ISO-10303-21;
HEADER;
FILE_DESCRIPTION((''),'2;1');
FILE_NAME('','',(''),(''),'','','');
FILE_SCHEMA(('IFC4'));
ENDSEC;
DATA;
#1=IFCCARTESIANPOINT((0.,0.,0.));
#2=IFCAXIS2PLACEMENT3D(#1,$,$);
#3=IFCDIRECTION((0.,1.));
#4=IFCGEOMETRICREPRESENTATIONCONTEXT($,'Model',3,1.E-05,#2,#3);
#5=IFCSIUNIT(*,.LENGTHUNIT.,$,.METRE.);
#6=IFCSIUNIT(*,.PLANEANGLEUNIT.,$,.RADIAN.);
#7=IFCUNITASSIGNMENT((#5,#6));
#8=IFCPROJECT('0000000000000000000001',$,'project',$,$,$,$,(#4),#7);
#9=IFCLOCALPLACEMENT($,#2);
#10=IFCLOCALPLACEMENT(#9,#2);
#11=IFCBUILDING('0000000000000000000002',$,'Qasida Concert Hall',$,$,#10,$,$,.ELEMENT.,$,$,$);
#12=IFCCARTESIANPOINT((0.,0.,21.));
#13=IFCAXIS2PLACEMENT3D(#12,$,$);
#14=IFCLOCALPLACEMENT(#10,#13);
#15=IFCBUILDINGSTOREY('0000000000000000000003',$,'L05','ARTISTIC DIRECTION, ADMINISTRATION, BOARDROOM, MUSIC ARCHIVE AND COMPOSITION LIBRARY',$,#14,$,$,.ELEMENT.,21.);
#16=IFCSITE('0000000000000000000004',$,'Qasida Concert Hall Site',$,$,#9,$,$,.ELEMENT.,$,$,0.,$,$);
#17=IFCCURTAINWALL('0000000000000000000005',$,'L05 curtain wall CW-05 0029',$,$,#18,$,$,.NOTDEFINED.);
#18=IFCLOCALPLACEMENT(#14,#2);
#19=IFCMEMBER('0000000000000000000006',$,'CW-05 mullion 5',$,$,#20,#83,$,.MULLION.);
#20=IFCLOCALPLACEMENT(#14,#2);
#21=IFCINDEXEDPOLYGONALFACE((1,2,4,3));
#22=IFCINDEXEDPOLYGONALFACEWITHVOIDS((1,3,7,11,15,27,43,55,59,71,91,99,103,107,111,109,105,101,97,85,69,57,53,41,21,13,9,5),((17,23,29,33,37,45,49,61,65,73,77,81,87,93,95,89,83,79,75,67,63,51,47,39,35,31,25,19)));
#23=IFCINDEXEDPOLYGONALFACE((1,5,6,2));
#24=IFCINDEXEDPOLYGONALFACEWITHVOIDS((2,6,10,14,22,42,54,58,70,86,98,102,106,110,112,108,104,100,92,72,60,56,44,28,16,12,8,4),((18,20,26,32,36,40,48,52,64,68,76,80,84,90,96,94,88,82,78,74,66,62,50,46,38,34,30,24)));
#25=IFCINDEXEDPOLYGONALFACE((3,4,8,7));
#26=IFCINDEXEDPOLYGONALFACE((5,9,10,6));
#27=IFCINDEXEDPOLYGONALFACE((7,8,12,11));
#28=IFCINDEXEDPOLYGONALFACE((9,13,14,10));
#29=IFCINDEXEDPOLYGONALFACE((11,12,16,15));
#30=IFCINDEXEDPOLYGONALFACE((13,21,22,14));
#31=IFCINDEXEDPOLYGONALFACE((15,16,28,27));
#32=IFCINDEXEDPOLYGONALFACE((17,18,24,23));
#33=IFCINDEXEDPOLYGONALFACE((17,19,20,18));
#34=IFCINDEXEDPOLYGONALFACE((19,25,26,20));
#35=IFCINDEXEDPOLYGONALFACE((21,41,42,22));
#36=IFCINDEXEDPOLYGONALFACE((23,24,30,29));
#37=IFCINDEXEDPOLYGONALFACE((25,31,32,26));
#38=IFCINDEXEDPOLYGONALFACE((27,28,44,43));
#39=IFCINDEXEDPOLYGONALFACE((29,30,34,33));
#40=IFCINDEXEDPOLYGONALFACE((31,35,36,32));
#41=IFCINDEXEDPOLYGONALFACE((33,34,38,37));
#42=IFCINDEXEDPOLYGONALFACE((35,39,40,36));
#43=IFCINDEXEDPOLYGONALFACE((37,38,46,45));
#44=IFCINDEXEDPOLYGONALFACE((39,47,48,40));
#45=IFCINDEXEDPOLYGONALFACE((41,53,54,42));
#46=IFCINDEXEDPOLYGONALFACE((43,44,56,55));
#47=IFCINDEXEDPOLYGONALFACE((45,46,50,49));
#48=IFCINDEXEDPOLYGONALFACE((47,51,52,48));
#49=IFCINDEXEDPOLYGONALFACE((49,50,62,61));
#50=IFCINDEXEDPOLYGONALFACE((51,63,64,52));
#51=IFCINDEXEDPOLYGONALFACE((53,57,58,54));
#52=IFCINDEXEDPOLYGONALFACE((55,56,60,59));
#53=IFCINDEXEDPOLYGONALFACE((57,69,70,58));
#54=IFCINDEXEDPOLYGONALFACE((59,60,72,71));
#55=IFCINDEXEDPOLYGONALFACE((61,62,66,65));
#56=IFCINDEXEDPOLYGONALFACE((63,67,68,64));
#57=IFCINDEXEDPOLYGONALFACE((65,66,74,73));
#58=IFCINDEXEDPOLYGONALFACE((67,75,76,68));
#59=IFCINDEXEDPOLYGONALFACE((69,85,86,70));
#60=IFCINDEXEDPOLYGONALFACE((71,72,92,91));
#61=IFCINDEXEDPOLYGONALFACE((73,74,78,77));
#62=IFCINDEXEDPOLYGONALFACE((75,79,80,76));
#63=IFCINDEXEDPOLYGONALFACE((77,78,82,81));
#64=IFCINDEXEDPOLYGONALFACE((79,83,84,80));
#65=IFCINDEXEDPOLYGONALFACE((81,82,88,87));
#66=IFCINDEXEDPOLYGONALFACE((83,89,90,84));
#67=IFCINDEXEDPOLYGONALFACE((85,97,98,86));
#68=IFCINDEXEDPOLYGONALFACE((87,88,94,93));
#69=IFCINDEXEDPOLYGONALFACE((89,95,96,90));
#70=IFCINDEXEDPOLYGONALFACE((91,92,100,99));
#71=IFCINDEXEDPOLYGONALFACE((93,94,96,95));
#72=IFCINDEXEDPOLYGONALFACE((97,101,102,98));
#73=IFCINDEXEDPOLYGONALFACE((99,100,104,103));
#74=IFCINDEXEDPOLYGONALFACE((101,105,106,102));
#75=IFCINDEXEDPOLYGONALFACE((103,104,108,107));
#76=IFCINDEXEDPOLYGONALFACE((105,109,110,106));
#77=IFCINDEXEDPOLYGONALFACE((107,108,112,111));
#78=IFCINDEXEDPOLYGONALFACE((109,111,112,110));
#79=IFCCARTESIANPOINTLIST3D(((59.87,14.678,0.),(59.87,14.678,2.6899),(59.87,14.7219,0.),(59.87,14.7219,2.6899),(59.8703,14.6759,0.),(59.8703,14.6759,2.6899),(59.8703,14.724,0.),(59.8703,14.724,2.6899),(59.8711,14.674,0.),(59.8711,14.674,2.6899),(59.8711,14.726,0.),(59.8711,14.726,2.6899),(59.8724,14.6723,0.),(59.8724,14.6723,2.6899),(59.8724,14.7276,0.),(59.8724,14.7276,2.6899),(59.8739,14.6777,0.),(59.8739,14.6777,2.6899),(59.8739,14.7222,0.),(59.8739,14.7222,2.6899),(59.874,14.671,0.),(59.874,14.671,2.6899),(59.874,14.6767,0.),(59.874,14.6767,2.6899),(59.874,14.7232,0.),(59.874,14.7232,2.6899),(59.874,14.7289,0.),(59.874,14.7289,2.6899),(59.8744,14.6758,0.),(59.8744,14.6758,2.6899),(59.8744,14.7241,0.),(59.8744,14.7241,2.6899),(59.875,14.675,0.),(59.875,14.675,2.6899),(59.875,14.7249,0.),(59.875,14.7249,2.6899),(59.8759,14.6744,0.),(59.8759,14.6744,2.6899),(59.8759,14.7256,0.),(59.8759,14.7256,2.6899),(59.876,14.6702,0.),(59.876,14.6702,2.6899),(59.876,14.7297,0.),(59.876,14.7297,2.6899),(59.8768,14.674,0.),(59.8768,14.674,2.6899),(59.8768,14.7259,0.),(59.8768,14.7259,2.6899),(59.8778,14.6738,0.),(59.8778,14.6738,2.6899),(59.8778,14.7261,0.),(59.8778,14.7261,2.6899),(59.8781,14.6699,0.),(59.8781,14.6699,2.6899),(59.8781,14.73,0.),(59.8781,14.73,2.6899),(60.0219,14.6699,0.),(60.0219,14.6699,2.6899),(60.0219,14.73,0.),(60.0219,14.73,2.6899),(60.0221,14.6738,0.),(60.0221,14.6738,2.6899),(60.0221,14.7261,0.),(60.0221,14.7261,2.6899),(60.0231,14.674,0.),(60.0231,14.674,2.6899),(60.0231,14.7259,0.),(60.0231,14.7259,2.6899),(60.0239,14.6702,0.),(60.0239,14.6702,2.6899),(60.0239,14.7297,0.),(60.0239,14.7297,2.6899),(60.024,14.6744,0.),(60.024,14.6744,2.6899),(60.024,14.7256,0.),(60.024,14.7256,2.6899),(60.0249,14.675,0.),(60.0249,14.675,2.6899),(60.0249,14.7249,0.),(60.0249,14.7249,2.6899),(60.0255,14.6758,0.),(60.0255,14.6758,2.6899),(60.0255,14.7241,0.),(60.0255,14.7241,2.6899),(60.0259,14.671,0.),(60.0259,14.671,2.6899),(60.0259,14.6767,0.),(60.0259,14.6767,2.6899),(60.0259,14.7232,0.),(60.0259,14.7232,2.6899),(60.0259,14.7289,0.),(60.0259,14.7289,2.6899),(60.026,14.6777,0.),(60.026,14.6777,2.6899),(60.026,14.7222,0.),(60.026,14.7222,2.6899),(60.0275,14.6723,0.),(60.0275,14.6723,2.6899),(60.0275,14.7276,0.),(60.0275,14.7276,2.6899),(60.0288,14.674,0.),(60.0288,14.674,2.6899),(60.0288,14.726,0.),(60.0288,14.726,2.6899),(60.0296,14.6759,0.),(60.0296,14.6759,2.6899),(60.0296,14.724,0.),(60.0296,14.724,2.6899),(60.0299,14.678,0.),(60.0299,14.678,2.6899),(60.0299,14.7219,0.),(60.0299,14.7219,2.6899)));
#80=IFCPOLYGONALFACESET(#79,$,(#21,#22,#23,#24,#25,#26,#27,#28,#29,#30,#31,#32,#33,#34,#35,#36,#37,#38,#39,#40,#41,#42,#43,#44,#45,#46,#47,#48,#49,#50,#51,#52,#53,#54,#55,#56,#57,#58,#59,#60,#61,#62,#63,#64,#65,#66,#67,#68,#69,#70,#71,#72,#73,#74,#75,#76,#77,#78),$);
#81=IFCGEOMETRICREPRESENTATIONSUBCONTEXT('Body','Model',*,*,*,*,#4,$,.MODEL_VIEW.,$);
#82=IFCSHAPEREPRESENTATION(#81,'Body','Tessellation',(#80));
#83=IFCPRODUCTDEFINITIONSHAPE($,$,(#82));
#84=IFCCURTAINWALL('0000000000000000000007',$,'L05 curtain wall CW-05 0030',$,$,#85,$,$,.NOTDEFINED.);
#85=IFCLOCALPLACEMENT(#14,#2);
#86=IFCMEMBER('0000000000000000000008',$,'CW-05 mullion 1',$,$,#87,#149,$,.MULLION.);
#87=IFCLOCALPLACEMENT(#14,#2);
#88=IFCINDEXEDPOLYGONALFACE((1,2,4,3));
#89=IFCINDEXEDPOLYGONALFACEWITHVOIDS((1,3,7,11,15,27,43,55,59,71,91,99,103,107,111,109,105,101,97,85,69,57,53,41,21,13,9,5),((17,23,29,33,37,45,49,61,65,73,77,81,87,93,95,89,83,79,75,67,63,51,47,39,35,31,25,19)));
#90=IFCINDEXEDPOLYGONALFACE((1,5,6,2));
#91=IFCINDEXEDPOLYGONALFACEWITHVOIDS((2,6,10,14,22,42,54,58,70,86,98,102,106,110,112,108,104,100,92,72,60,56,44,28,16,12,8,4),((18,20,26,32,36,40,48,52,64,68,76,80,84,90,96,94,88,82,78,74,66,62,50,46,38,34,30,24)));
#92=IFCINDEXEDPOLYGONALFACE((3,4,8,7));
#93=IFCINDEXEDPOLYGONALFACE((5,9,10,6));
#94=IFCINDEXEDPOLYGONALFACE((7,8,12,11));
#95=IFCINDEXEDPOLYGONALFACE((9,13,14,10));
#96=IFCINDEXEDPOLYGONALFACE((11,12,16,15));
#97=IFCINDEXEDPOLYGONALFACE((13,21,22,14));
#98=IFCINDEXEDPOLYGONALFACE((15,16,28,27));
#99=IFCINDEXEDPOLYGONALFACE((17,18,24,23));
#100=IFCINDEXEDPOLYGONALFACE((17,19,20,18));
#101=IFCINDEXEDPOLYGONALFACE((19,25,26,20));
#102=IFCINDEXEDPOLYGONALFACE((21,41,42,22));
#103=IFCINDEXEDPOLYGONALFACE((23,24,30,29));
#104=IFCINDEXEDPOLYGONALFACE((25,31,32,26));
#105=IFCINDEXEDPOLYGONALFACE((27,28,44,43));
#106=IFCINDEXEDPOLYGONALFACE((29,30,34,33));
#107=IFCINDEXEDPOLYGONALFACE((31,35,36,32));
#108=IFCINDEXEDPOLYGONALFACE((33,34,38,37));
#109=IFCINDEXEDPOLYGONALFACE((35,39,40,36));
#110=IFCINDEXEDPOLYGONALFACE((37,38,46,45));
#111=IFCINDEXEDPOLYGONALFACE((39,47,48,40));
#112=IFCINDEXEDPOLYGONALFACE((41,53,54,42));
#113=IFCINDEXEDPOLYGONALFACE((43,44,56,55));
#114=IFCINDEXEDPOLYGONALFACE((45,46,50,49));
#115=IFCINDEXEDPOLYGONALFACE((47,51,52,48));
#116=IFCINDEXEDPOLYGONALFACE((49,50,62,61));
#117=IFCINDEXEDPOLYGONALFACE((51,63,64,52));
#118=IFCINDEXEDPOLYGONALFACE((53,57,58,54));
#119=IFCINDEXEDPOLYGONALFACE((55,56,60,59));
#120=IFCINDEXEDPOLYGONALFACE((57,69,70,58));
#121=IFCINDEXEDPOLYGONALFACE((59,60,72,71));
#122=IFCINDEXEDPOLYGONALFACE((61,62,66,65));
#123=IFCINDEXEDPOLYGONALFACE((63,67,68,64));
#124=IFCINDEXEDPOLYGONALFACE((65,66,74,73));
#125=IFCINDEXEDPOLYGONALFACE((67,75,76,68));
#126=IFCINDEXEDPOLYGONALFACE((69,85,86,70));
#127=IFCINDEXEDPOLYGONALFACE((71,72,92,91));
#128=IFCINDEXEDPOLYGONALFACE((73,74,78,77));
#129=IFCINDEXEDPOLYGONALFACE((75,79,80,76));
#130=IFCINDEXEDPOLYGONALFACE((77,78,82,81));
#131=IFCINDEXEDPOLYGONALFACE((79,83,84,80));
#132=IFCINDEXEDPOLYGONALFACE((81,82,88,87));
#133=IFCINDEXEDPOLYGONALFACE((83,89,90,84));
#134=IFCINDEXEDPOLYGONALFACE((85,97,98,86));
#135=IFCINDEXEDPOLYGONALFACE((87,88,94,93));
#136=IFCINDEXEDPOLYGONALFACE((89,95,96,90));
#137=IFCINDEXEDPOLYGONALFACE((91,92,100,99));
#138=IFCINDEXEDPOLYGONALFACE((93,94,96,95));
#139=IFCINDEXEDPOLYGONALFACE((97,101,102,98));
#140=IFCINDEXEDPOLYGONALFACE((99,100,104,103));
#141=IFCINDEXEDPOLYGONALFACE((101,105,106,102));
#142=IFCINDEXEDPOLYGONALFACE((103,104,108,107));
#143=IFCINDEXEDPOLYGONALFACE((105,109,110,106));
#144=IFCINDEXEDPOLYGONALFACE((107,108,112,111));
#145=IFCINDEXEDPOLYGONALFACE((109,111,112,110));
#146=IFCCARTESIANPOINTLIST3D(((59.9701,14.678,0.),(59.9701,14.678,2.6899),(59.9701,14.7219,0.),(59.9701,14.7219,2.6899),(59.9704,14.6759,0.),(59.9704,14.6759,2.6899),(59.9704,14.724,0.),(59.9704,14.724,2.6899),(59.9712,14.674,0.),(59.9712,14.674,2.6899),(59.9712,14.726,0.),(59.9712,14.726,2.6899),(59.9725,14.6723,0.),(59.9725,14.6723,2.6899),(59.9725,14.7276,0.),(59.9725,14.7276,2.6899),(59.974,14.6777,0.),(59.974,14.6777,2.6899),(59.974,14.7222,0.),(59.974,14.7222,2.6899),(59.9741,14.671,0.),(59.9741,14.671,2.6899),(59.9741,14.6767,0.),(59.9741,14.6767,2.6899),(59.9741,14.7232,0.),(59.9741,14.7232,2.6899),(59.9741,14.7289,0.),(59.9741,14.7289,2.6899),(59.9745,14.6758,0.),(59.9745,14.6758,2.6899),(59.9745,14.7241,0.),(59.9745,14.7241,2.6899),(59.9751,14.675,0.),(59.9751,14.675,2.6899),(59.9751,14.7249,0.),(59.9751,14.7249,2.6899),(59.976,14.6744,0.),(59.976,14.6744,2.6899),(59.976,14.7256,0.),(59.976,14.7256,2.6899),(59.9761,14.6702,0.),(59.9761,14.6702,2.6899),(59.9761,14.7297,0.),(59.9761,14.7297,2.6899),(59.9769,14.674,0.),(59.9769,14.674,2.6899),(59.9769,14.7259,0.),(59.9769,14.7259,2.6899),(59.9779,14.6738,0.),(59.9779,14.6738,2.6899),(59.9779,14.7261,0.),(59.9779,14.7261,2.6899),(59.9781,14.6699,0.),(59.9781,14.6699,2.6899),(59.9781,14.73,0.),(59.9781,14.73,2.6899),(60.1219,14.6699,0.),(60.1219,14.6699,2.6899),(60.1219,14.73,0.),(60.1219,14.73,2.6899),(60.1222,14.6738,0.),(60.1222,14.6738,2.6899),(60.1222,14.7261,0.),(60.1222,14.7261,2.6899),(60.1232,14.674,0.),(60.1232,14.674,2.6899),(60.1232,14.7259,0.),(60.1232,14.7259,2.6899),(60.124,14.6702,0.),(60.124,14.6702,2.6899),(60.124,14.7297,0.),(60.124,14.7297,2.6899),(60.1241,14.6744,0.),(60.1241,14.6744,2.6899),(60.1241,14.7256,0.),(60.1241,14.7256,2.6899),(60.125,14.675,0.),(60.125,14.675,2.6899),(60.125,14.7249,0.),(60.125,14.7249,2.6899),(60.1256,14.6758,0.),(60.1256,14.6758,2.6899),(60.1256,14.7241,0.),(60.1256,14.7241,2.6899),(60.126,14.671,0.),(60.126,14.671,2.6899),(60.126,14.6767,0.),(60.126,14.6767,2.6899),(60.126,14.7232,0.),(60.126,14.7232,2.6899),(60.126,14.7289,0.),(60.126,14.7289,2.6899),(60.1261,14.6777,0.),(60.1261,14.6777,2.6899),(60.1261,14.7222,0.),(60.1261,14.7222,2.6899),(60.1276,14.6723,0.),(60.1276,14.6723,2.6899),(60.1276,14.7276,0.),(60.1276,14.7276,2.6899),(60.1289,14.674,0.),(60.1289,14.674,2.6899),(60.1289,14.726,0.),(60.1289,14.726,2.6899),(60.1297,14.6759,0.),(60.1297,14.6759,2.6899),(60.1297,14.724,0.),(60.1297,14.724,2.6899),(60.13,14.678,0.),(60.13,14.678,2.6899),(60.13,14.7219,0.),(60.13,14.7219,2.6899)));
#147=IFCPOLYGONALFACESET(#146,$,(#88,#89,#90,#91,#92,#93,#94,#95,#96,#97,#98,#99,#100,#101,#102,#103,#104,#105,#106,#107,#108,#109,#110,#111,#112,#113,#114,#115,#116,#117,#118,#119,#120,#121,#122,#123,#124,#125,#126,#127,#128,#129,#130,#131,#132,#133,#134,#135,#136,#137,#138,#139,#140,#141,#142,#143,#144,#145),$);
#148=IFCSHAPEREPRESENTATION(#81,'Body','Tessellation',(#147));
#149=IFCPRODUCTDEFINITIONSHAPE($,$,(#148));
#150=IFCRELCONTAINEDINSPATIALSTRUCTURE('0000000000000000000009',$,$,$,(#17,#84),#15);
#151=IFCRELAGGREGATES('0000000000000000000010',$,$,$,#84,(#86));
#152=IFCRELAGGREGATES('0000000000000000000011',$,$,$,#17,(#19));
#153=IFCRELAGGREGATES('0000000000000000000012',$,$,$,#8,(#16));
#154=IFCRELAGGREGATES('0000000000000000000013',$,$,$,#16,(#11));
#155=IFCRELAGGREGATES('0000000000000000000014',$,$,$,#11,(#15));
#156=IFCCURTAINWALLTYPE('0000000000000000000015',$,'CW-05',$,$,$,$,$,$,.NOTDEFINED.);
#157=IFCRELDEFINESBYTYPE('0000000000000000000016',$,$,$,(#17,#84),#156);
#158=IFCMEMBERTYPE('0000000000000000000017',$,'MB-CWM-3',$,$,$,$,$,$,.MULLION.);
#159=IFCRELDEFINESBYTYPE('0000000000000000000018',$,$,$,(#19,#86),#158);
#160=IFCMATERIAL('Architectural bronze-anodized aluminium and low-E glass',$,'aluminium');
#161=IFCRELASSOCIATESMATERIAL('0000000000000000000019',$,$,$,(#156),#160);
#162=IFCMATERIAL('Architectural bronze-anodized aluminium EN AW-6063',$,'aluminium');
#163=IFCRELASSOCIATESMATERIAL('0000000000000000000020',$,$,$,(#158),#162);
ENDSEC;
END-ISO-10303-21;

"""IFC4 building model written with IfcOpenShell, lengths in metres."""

from ifc_helpers import new_model, si_unit, direction, frame, origin, origin_2d, place, context, subcontext, project, spatial, hollow_rectangle, extrude, material, material_profile, profile_set, type_object, element, aggregate, save


model = new_model("IFC4")

# Units and contexts
model_context = context("Model", 3, precision=1e-05, world=origin(), true_north=direction((0.0, 1.0)))
body_context = subcontext(model_context, "Body", "Model", "MODEL_VIEW")
ifc_project = project(units=[si_unit("LENGTHUNIT", "METRE"), si_unit("PLANEANGLEUNIT", "RADIAN")], contexts=[model_context])

# Site, building, storey
site_placement = place(None, origin())
site = spatial("IfcSite", under=ifc_project, at=site_placement, Name="Qasida Concert Hall Site", CompositionType="ELEMENT", RefElevation=0.0)
building_placement = place(site_placement, origin())
building = spatial("IfcBuilding", under=site, at=building_placement, Name="Qasida Concert Hall", CompositionType="ELEMENT")
storey_placement = place(building_placement, frame((0.0, 0.0, 21.0)))
storey = spatial("IfcBuildingStorey", under=building, at=storey_placement, Name="L05", Description="ARTISTIC DIRECTION, ADMINISTRATION, BOARDROOM, MUSIC ARCHIVE AND COMPOSITION LIBRARY", CompositionType="ELEMENT", Elevation=21.0)

# Curtain wall, member
ifc_material_1 = material(Name="Architectural bronze-anodized aluminium and low-E glass", Category="aluminium")
curtain_wall_type = type_object("IfcCurtainWallType", Name="CW-05", PredefinedType="NOTDEFINED", material=ifc_material_1)
curtain_wall_1_placement = place(storey_placement, origin())
curtain_wall_1 = element("IfcCurtainWall", 1, at=curtain_wall_1_placement, inside=storey, type_object=curtain_wall_type, Name="L05 curtain wall CW-05 0029", PredefinedType="NOTDEFINED")
ifc_material_2 = material(Name="Architectural bronze-anodized aluminium EN AW-6063", Category="aluminium")
ifc_material_profile_1 = material_profile(ifc_material_2, hollow_rectangle(XDim=0.0601, YDim=0.1599, WallThickness=0.0039, InnerFilletRadius=0.0039, OuterFilletRadius=0.0081, at=origin_2d()), Name="CWM 160x60x4")
ifc_profile_set_1 = profile_set([ifc_material_profile_1], Name="Architectural bronze-anodized aluminium EN AW-6063")
member_type_1 = type_object("IfcMemberType", Name="MB-CWM-3", PredefinedType="MULLION", material=ifc_profile_set_1)
member_1_placement = place(storey_placement, frame((59.95, 14.7, 0.0), z_axis=(0.0, 0.0, 1.0), x_axis=(0.0, 1.0, 0.0)))
member_1 = element("IfcMember", 2, at=member_1_placement, type_object=member_type_1, Name="CW-05 mullion 5", PredefinedType="MULLION", context=body_context, shape_type="SweptSolid", body=[
    extrude(hollow_rectangle(XDim=0.0601, YDim=0.1599, WallThickness=0.0039, InnerFilletRadius=0.0039, OuterFilletRadius=0.0081, at=origin_2d()), origin(), (0.0, 0.0, 1.0), 2.6899),
])

# Curtain wall, member
curtain_wall_2_placement = place(storey_placement, origin())
curtain_wall_2 = element("IfcCurtainWall", 3, at=curtain_wall_2_placement, inside=storey, type_object=curtain_wall_type, Name="L05 curtain wall CW-05 0030", PredefinedType="NOTDEFINED")
member_2_placement = place(storey_placement, frame((60.05, 14.7, 0.0), z_axis=(0.0, 0.0, 1.0), x_axis=(0.0, 1.0, 0.0)))
member_2 = element("IfcMember", 4, at=member_2_placement, type_object=member_type_1, Name="CW-05 mullion 1", PredefinedType="MULLION", context=body_context, shape_type="SweptSolid", body=[
    extrude(hollow_rectangle(XDim=0.0601, YDim=0.1599, WallThickness=0.0039, InnerFilletRadius=0.0039, OuterFilletRadius=0.0081, at=origin_2d()), origin(), (0.0, 0.0, 1.0), 2.6899),
])

aggregate(curtain_wall_2, [member_2])

aggregate(curtain_wall_1, [member_1])

save(model, "model.ifc")
